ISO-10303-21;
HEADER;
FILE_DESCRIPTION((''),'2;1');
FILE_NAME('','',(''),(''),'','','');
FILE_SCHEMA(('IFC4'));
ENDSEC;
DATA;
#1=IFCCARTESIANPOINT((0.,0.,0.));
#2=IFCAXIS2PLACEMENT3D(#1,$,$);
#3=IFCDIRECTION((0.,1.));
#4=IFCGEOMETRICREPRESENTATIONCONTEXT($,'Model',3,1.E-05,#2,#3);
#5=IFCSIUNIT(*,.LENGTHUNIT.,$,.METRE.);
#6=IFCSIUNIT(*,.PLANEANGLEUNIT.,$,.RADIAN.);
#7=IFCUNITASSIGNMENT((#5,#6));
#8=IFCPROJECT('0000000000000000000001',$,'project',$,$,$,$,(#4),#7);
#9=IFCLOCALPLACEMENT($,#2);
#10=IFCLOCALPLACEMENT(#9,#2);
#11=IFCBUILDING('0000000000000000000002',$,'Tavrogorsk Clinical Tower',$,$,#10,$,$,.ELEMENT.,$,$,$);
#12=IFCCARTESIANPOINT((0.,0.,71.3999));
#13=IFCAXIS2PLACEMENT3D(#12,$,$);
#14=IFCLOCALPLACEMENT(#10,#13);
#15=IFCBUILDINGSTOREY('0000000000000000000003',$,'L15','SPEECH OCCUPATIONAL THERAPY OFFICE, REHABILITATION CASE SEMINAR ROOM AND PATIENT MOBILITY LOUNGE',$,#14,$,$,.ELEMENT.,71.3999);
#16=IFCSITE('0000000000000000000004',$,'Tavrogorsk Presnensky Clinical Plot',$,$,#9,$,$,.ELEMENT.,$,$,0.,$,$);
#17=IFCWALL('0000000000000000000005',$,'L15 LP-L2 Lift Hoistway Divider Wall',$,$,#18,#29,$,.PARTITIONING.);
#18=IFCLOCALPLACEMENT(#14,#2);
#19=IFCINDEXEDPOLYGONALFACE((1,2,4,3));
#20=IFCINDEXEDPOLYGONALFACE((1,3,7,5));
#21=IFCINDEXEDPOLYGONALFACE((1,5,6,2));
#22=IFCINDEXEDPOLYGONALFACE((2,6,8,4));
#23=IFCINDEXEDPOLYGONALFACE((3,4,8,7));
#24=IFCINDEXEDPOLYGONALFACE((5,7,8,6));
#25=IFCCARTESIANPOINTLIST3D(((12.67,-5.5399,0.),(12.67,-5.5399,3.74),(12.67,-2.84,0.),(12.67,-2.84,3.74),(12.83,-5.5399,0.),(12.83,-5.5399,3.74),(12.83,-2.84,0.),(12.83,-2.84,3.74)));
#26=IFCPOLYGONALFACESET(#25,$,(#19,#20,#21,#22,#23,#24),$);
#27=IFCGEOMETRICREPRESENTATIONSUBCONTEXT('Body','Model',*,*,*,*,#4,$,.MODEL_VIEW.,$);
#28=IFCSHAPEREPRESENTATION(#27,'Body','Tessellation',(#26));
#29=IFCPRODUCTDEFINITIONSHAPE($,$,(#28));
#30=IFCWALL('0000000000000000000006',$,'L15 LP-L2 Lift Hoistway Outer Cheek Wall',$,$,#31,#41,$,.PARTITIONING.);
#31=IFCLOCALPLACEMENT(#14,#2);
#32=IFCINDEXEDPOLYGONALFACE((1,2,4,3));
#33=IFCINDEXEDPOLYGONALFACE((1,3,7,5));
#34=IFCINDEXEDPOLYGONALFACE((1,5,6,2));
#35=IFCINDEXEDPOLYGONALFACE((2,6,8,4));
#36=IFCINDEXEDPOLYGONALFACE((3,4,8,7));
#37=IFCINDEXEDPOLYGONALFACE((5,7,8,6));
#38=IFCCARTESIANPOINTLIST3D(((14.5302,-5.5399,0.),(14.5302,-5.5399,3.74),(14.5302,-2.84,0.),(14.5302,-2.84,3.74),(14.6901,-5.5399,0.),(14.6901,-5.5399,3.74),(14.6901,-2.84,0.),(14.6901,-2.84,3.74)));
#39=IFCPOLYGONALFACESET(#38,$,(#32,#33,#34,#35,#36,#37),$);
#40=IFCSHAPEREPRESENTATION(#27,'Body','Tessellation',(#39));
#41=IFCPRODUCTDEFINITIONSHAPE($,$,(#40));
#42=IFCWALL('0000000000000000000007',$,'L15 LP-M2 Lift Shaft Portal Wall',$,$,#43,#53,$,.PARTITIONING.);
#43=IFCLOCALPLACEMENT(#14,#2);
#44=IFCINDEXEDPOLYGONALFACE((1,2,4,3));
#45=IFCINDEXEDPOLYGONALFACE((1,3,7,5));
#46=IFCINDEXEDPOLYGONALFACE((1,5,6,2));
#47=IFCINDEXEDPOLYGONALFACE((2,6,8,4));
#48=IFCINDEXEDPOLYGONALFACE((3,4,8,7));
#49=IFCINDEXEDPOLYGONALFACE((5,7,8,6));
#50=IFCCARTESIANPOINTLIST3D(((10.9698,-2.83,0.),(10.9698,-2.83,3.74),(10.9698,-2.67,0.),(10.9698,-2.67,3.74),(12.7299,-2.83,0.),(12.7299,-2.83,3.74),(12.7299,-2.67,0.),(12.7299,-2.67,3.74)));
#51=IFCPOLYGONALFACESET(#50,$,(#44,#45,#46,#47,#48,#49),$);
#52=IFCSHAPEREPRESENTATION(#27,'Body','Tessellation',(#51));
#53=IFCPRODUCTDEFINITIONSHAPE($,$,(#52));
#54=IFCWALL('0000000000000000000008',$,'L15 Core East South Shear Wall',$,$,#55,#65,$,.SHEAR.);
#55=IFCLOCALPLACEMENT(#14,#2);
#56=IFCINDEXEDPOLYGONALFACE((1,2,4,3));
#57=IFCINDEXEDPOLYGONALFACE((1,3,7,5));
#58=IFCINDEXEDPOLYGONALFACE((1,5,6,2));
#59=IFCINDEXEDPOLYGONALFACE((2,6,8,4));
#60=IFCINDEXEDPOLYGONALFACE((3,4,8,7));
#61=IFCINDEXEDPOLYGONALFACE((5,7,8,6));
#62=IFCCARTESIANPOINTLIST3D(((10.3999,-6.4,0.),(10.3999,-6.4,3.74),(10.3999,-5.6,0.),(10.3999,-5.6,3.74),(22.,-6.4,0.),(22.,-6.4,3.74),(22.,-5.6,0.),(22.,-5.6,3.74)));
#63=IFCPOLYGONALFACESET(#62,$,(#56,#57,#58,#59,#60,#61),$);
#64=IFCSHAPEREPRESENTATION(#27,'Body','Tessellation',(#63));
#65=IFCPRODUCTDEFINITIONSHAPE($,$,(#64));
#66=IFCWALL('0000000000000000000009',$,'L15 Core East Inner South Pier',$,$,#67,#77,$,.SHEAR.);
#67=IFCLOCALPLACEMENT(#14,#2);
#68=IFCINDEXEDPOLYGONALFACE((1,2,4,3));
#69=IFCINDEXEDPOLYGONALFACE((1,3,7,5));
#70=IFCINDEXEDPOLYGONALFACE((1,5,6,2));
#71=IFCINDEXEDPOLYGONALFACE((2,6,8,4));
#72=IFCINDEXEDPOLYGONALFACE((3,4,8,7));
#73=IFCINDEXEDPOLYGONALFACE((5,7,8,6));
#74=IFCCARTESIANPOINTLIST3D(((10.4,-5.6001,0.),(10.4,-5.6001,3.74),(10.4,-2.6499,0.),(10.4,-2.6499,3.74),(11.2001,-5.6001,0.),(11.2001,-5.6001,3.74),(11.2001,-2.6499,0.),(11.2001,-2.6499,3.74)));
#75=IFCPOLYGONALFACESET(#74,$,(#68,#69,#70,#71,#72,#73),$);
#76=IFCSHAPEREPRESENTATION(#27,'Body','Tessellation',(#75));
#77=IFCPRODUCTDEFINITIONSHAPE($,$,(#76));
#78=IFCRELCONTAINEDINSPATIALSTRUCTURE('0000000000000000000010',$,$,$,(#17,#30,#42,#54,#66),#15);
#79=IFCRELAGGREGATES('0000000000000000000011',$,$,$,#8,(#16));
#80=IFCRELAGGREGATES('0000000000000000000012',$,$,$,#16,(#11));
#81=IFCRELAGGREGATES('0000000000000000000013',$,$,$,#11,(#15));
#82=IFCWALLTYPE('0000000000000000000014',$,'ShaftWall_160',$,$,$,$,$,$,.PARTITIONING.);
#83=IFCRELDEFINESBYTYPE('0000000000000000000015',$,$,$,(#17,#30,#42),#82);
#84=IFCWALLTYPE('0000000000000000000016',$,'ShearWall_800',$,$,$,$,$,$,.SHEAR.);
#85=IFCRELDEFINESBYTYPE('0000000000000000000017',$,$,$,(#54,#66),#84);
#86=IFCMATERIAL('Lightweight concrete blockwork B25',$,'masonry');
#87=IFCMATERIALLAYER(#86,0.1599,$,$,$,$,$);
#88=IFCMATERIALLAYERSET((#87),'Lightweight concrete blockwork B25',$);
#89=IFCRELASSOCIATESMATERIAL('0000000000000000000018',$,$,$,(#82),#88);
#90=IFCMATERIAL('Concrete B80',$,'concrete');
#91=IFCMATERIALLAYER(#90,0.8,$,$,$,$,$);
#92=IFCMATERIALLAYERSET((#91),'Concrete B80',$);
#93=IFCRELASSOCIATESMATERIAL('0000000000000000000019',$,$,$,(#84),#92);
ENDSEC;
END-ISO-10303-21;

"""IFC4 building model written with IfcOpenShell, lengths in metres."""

from ifc_helpers import new_model, si_unit, direction, frame, frame_2d, origin, place, context, subcontext, project, spatial, rectangle, extrude, material, layer, layer_set, type_object, element, save


model = new_model("IFC4")

# Units and contexts
model_context = context("Model", 3, precision=1e-05, world=origin(), true_north=direction((0.0, 1.0)))
body_context = subcontext(model_context, "Body", "Model", "MODEL_VIEW")
ifc_project = project(units=[si_unit("LENGTHUNIT", "METRE"), si_unit("PLANEANGLEUNIT", "RADIAN")], contexts=[model_context])

# Site, building, storey
site_placement = place(None, origin())
site = spatial("IfcSite", under=ifc_project, at=site_placement, Name="Tavrogorsk Presnensky Clinical Plot", CompositionType="ELEMENT", RefElevation=0.0)
building_placement = place(site_placement, origin())
building = spatial("IfcBuilding", under=site, at=building_placement, Name="Tavrogorsk Clinical Tower", CompositionType="ELEMENT")
storey_placement = place(building_placement, frame((0.0, 0.0, 71.3999)))
storey = spatial("IfcBuildingStorey", under=building, at=storey_placement, Name="L15", Description="SPEECH OCCUPATIONAL THERAPY OFFICE, REHABILITATION CASE SEMINAR ROOM AND PATIENT MOBILITY LOUNGE", CompositionType="ELEMENT", Elevation=71.3999)

# Shared definitions
ifc_material_1 = material(Name="Lightweight concrete blockwork B25", Category="masonry")
ifc_layer_1 = layer(ifc_material_1, 0.1599)
ifc_layer_set_1 = layer_set([ifc_layer_1], Name="Lightweight concrete blockwork B25")
wall_type_1 = type_object("IfcWallType", Name="ShaftWall_160", PredefinedType="PARTITIONING", material=ifc_layer_set_1)

# Walls
for number, where, z_axis, x_axis, name in (
    (1, (12.75, -5.54, 0.0), (0.0, 0.0, 1.0), (0.0, 1.0, 0.0), "L15 LP-L2 Lift Hoistway Divider Wall"),
    (2, (14.6101, -5.54, 0.0), (0.0, 0.0, 1.0), (0.0, 1.0, 0.0), "L15 LP-L2 Lift Hoistway Outer Cheek Wall"),
):
    element("IfcWall", number, at=place(storey_placement, frame(where, z_axis=z_axis, x_axis=x_axis)), inside=storey, type_object=wall_type_1, Name=name, PredefinedType="PARTITIONING", context=body_context, shape_type="SweptSolid", body=[
        extrude(rectangle(XDim=2.7, YDim=0.1599, at=frame_2d((1.3501, 0.0))), origin(), (0.0, 0.0, 1.0), 3.74),
    ])
wall_1_placement = place(storey_placement, frame((10.97, -2.75, 0.0), z_axis=(0.0, 0.0, 1.0), x_axis=(1.0, 0.0, 0.0)))
element("IfcWall", 3, at=wall_1_placement, inside=storey, type_object=wall_type_1, Name="L15 LP-M2 Lift Shaft Portal Wall", PredefinedType="PARTITIONING", context=body_context, shape_type="SweptSolid", body=[
    extrude(rectangle(XDim=1.76, YDim=0.1599, at=frame_2d((0.8799, 0.0))), origin(), (0.0, 0.0, 1.0), 3.74),
])
ifc_material_2 = material(Name="Concrete B80", Category="concrete")
ifc_layer_2 = layer(ifc_material_2, 0.8)
ifc_layer_set_2 = layer_set([ifc_layer_2], Name="Concrete B80")
wall_type_2 = type_object("IfcWallType", Name="ShearWall_800", PredefinedType="SHEAR", material=ifc_layer_set_2)
wall_2_placement = place(storey_placement, frame((10.3999, -6.0, 0.0), z_axis=(0.0, 0.0, 1.0), x_axis=(1.0, 0.0, 0.0)))
element("IfcWall", 4, at=wall_2_placement, inside=storey, type_object=wall_type_2, Name="L15 Core East South Shear Wall", PredefinedType="SHEAR", context=body_context, shape_type="SweptSolid", body=[
    extrude(rectangle(XDim=11.6001, YDim=0.8, at=frame_2d((5.8, 0.0))), origin(), (0.0, 0.0, 1.0), 3.74),
])
wall_3_placement = place(storey_placement, frame((10.8, -5.6001, 0.0), z_axis=(0.0, 0.0, 1.0), x_axis=(0.0, 1.0, 0.0)))
element("IfcWall", 5, at=wall_3_placement, inside=storey, type_object=wall_type_2, Name="L15 Core East Inner South Pier", PredefinedType="SHEAR", context=body_context, shape_type="SweptSolid", body=[
    extrude(rectangle(XDim=2.9502, YDim=0.8, at=frame_2d((1.4751, 0.0))), origin(), (0.0, 0.0, 1.0), 3.74),
])

save(model, "model.ifc")
